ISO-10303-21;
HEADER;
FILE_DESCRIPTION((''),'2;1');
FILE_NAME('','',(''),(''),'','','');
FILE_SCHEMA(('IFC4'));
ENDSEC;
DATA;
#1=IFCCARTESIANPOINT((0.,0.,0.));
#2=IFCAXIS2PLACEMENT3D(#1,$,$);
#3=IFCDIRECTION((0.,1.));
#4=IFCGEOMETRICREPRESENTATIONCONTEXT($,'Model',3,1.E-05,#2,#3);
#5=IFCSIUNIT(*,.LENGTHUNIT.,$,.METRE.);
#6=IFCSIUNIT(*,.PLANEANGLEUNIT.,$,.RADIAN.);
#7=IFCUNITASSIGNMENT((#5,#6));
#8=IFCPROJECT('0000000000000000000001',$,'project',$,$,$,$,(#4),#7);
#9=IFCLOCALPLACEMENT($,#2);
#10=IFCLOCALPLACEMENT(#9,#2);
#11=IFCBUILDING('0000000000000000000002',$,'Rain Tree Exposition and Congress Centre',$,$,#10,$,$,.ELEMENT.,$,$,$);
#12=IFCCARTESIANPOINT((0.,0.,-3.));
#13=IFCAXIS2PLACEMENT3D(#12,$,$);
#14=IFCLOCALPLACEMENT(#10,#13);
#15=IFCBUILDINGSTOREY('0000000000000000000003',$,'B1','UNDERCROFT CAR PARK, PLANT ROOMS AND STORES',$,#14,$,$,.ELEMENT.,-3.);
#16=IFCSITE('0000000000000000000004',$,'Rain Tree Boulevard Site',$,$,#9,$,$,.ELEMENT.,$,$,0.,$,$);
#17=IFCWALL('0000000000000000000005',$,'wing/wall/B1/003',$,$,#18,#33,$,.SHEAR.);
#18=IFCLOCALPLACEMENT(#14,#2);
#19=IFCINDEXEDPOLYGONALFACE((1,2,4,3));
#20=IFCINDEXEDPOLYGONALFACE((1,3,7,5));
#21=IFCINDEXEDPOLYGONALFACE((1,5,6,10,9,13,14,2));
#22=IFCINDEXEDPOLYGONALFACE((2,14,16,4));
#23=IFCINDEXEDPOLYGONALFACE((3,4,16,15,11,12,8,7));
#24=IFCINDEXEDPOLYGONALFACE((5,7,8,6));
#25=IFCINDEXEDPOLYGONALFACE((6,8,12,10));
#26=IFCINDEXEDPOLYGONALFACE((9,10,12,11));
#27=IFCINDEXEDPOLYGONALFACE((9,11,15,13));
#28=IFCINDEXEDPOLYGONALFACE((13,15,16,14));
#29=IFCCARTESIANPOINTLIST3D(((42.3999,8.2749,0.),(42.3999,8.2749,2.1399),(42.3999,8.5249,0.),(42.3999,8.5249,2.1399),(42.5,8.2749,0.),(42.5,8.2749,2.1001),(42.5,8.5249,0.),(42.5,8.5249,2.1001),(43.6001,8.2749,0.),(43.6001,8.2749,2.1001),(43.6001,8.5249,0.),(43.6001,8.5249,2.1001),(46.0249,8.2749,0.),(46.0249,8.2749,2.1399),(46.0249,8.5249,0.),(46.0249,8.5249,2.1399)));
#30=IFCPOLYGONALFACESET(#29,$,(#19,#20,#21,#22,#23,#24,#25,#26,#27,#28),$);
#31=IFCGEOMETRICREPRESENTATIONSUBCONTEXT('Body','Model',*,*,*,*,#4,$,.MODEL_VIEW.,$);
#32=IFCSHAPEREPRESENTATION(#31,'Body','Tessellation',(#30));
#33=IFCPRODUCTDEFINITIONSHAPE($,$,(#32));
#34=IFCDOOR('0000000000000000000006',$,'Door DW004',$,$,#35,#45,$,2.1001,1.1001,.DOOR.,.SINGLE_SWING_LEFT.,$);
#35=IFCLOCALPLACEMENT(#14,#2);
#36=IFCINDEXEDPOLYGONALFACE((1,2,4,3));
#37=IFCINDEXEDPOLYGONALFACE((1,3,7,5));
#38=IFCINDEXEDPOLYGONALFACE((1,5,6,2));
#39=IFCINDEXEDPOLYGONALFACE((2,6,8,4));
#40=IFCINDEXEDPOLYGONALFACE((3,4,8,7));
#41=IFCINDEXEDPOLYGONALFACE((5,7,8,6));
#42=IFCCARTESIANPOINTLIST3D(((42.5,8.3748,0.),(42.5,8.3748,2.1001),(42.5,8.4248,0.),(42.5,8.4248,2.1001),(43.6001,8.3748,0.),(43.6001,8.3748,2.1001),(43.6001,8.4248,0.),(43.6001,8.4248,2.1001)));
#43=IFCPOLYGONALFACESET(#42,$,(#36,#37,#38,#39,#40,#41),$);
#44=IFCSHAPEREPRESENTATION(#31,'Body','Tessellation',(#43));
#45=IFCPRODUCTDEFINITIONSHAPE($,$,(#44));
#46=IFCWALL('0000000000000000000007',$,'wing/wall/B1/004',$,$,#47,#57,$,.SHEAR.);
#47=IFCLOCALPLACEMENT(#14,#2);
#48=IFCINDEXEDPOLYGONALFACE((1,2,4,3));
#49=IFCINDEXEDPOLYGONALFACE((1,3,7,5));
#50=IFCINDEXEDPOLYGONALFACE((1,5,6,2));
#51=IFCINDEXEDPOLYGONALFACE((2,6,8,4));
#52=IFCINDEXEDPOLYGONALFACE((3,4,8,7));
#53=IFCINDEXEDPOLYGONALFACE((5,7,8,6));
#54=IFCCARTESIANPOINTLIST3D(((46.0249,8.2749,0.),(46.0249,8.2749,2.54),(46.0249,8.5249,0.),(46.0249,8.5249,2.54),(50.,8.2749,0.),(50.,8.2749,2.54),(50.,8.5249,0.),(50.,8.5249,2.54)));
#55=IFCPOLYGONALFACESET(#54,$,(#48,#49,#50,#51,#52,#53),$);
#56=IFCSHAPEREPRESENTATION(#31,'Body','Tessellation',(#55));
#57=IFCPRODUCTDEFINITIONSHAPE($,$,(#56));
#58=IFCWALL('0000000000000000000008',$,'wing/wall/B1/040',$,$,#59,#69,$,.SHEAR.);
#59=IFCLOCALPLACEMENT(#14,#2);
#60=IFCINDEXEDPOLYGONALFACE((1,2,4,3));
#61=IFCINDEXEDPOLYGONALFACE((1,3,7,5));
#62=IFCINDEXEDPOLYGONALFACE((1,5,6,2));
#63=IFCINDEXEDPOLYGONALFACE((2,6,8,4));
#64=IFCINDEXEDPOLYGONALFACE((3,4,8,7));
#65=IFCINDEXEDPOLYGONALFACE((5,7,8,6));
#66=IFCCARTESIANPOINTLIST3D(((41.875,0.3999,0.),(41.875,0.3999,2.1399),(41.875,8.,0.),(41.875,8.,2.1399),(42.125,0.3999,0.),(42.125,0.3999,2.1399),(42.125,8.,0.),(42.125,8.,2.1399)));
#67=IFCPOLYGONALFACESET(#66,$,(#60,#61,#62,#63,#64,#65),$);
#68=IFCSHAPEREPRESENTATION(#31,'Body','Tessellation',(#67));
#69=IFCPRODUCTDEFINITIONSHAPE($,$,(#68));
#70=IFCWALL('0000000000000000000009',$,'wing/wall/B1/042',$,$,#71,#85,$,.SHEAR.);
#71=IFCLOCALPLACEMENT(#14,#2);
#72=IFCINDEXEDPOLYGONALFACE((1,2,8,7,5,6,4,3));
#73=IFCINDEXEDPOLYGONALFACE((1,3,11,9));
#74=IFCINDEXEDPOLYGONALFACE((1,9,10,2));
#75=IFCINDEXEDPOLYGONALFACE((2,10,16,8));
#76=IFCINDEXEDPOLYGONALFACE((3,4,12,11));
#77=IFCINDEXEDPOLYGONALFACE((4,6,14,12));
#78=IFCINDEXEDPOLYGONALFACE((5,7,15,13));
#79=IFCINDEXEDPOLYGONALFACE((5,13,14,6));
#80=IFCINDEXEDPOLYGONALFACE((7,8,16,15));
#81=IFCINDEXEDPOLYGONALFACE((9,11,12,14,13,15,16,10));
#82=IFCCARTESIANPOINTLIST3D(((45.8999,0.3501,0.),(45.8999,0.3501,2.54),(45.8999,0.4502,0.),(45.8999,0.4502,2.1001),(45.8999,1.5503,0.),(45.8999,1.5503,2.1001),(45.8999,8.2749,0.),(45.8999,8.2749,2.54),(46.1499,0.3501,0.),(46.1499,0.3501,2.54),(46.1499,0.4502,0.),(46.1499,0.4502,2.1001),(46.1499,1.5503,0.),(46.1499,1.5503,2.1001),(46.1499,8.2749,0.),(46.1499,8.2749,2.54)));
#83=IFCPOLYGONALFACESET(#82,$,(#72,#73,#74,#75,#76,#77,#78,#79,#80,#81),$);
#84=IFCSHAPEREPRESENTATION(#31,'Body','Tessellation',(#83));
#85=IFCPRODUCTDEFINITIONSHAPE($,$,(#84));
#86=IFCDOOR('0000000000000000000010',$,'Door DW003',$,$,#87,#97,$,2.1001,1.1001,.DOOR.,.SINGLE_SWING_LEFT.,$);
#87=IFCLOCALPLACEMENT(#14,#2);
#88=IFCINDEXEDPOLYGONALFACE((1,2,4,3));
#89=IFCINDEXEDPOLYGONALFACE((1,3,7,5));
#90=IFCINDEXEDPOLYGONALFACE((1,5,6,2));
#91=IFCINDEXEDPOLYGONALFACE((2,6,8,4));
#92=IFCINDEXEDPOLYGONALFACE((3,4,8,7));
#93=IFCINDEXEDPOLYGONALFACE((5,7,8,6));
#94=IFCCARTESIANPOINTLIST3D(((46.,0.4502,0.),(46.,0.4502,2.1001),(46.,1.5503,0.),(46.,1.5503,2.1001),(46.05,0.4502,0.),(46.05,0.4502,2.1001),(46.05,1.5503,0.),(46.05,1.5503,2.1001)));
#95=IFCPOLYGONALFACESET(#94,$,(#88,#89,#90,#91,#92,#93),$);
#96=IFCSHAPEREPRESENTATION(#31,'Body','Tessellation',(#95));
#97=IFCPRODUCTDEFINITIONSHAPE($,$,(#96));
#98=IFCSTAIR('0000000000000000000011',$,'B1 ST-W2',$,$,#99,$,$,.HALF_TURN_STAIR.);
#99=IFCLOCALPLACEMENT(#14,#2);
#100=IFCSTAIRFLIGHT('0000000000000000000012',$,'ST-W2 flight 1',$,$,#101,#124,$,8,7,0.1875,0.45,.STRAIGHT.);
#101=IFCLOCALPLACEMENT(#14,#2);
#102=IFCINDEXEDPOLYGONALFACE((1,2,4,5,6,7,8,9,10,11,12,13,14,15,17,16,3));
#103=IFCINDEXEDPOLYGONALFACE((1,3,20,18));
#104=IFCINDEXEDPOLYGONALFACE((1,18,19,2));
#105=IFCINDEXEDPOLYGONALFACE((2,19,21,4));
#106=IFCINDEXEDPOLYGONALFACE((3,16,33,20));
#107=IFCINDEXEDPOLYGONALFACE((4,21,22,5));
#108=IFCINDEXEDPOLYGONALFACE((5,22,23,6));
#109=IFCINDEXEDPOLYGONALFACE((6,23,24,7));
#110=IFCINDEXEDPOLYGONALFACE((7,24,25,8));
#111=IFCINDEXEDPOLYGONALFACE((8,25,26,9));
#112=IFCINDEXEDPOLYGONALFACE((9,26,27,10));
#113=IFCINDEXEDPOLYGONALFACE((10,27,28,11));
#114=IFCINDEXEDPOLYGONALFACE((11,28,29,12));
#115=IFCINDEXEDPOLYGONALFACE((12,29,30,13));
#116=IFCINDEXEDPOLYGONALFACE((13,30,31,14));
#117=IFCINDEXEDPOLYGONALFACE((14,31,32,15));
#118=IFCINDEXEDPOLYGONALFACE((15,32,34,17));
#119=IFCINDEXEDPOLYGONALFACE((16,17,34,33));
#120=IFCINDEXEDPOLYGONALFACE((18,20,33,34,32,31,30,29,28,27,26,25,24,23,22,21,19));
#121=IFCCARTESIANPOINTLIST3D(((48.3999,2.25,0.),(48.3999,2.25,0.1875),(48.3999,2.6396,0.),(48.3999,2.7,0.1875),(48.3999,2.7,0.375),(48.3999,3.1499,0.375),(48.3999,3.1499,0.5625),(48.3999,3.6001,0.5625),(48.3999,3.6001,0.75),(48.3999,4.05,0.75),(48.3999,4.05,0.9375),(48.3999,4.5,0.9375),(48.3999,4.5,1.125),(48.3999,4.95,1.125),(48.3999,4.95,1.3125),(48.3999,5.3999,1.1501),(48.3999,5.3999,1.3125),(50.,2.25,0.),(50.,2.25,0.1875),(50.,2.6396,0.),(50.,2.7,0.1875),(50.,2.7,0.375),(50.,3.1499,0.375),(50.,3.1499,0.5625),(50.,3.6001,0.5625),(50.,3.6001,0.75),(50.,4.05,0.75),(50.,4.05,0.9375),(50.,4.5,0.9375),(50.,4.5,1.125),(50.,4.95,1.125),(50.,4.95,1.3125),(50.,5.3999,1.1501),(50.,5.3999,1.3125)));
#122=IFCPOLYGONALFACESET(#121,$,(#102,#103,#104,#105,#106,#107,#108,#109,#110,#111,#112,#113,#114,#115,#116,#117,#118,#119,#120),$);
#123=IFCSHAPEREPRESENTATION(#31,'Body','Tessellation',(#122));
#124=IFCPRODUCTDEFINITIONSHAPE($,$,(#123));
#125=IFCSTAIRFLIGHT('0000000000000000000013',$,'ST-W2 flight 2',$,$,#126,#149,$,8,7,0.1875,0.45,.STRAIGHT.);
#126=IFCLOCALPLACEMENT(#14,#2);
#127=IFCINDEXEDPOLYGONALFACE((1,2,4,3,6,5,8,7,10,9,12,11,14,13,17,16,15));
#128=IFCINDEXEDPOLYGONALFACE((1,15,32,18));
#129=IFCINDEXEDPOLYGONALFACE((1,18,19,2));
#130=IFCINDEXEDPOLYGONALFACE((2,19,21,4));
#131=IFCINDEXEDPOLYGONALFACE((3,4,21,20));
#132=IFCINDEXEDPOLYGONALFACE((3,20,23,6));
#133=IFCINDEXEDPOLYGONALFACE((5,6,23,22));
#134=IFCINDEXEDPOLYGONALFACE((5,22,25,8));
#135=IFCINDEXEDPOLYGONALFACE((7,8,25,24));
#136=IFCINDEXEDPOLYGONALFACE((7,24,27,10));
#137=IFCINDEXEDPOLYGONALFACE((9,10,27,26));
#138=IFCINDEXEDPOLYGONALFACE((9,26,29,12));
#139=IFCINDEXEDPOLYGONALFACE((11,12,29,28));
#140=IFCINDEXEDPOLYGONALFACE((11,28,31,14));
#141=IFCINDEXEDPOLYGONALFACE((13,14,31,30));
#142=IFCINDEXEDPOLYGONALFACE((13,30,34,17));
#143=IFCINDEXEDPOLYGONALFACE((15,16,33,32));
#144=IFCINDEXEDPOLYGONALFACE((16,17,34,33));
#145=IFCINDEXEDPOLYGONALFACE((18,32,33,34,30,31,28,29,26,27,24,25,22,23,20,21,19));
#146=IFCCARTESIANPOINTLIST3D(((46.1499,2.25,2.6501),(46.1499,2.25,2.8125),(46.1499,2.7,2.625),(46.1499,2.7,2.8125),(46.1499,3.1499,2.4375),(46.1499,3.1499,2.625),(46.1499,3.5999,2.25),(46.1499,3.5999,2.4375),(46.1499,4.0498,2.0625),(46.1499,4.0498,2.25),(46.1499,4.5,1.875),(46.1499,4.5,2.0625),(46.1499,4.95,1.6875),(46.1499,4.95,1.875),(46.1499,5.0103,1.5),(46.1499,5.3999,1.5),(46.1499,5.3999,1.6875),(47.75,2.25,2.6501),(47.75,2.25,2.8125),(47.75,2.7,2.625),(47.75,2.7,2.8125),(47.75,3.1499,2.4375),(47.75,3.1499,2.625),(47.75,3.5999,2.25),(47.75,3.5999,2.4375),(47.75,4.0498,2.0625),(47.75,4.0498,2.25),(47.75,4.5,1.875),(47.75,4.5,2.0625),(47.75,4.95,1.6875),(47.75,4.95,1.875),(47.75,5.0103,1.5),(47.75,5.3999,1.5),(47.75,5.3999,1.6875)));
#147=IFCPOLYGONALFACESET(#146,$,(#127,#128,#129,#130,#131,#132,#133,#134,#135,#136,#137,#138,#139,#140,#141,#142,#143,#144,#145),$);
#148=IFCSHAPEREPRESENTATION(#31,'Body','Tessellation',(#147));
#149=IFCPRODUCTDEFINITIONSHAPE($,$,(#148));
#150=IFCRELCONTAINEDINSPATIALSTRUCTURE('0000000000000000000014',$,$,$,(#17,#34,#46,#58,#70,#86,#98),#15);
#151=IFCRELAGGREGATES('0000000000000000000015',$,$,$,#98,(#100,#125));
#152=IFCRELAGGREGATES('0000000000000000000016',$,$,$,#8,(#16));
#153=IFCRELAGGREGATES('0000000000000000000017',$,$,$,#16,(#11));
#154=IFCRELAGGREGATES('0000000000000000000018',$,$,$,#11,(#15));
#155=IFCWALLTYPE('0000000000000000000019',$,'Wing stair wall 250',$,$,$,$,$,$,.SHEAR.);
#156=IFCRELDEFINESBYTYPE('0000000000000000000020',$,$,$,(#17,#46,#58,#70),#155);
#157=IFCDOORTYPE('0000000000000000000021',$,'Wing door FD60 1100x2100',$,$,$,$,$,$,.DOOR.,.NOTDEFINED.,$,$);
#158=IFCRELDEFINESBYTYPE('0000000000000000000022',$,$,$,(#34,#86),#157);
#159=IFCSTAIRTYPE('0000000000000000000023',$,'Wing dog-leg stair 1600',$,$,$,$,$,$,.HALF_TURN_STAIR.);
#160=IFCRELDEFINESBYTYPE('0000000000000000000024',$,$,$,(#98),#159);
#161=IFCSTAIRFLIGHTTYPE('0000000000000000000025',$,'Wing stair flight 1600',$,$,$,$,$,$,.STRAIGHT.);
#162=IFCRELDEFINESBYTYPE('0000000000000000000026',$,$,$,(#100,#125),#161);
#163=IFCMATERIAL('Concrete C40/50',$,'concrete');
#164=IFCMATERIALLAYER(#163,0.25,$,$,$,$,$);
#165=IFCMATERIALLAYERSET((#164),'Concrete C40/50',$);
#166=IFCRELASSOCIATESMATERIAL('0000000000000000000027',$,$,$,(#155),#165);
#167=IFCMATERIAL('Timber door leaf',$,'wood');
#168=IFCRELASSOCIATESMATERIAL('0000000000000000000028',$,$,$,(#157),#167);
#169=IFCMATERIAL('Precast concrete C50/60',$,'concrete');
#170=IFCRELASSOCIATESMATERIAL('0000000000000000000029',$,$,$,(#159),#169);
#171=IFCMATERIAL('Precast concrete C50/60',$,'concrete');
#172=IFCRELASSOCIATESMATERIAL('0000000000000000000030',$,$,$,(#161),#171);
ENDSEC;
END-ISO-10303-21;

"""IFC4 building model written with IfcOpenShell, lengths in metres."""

from ifc_helpers import new_model, si_unit, direction, frame, frame_2d, origin, place, context, subcontext, project, spatial, polyline, rectangle, outline, extrude, material, layer, layer_set, type_object, element, fill, aggregate, save


model = new_model("IFC4")

# Units and contexts
model_context = context("Model", 3, precision=1e-05, world=origin(), true_north=direction((0.0, 1.0)))
body_context = subcontext(model_context, "Body", "Model", "MODEL_VIEW")
ifc_project = project(units=[si_unit("LENGTHUNIT", "METRE"), si_unit("PLANEANGLEUNIT", "RADIAN")], contexts=[model_context])

# Site, building, storey
site_placement = place(None, origin())
site = spatial("IfcSite", under=ifc_project, at=site_placement, Name="Rain Tree Boulevard Site", CompositionType="ELEMENT", RefElevation=0.0)
building_placement = place(site_placement, origin())
building = spatial("IfcBuilding", under=site, at=building_placement, Name="Rain Tree Exposition and Congress Centre", CompositionType="ELEMENT")
storey_placement = place(building_placement, frame((0.0, 0.0, -3.0)))
storey = spatial("IfcBuildingStorey", under=building, at=storey_placement, Name="B1", Description="UNDERCROFT CAR PARK, PLANT ROOMS AND STORES", CompositionType="ELEMENT", Elevation=-3.0)

# Wall, opening, door
ifc_material_1 = material(Name="Concrete C40/50", Category="concrete")
ifc_layer_1 = layer(ifc_material_1, 0.25)
ifc_layer_set_1 = layer_set([ifc_layer_1], Name="Concrete C40/50")
wall_type_1 = type_object("IfcWallType", Name="Wing stair wall 250", PredefinedType="SHEAR", material=ifc_layer_set_1)
wall_1_placement = place(storey_placement, frame((42.3999, 8.3999, 0.0), z_axis=(0.0, 0.0, 1.0), x_axis=(1.0, 0.0, 0.0)))
wall_1 = element("IfcWall", 1, at=wall_1_placement, inside=storey, type_object=wall_type_1, Name="wing/wall/B1/003", PredefinedType="SHEAR", context=body_context, shape_type="SweptSolid", body=[
    extrude(rectangle(XDim=3.625, YDim=0.25, at=frame_2d((1.8125, 0.0))), origin(), (0.0, 0.0, 1.0), 2.1399),
])
opening_1_placement = place(wall_1_placement, frame((0.1001, 0.0, 0.0)))
opening_1 = element("IfcOpeningElement", 2, at=opening_1_placement, cuts=wall_1, PredefinedType="OPENING", context=body_context, shape_type="SweptSolid", body=[
    extrude(rectangle(XDim=1.1001, YDim=2.1001, at=frame_2d((0.55, 1.05))), frame((0.0, 0.125, 0.0), z_axis=(0.0, -1.0, 0.0), x_axis=(1.0, 0.0, 0.0)), (0.0, 0.0, 1.0), 0.25),
])
ifc_material_2 = material(Name="Timber door leaf", Category="wood")
door_type_1 = type_object("IfcDoorType", Name="Wing door FD60 1100x2100", OperationType="NOTDEFINED", PredefinedType="DOOR", material=ifc_material_2)
door_1_placement = place(opening_1_placement, origin())
door_1 = element("IfcDoor", 3, at=door_1_placement, inside=storey, type_object=door_type_1, Name="Door DW004", OperationType="SINGLE_SWING_LEFT", OverallHeight=2.1001, OverallWidth=1.1001, PredefinedType="DOOR", context=body_context, shape_type="SweptSolid", body=[
    extrude(rectangle(XDim=1.1001, YDim=2.1001, at=frame_2d((0.55, 1.05))), frame((0.0, 0.0249, 0.0), z_axis=(0.0, -1.0, 0.0), x_axis=(1.0, 0.0, 0.0)), (0.0, 0.0, 1.0), 0.05),
])
fill(opening_1, door_1)

# Walls
wall_2_placement = place(storey_placement, frame((46.0249, 8.3999, 0.0), z_axis=(0.0, 0.0, 1.0), x_axis=(1.0, 0.0, 0.0)))
element("IfcWall", 4, at=wall_2_placement, inside=storey, type_object=wall_type_1, Name="wing/wall/B1/004", PredefinedType="SHEAR", context=body_context, shape_type="SweptSolid", body=[
    extrude(rectangle(XDim=3.9751, YDim=0.25, at=frame_2d((1.9875, 0.0))), origin(), (0.0, 0.0, 1.0), 2.54),
])
wall_3_placement = place(storey_placement, frame((42.0, 0.3999, 0.0), z_axis=(0.0, 0.0, 1.0), x_axis=(0.0, 1.0, 0.0)))
element("IfcWall", 5, at=wall_3_placement, inside=storey, type_object=wall_type_1, Name="wing/wall/B1/040", PredefinedType="SHEAR", context=body_context, shape_type="SweptSolid", body=[
    extrude(rectangle(XDim=7.6001, YDim=0.25, at=frame_2d((3.8, 0.0))), origin(), (0.0, 0.0, 1.0), 2.1399),
])

# Wall, opening, door
wall_4_placement = place(storey_placement, frame((46.0249, 0.3501, 0.0), z_axis=(0.0, 0.0, 1.0), x_axis=(0.0, 1.0, 0.0)))
wall_4 = element("IfcWall", 6, at=wall_4_placement, inside=storey, type_object=wall_type_1, Name="wing/wall/B1/042", PredefinedType="SHEAR", context=body_context, shape_type="SweptSolid", body=[
    extrude(rectangle(XDim=7.9248, YDim=0.25, at=frame_2d((3.9624, 0.0))), origin(), (0.0, 0.0, 1.0), 2.54),
])
opening_2_placement = place(wall_4_placement, frame((0.1001, 0.0, 0.0)))
opening_2 = element("IfcOpeningElement", 7, at=opening_2_placement, cuts=wall_4, PredefinedType="OPENING", context=body_context, shape_type="SweptSolid", body=[
    extrude(rectangle(XDim=1.1001, YDim=2.1001, at=frame_2d((0.55, 1.05))), frame((0.0, 0.125, 0.0), z_axis=(0.0, -1.0, 0.0), x_axis=(1.0, 0.0, 0.0)), (0.0, 0.0, 1.0), 0.25),
])
door_2_placement = place(opening_2_placement, origin())
door_2 = element("IfcDoor", 8, at=door_2_placement, inside=storey, type_object=door_type_1, Name="Door DW003", OperationType="SINGLE_SWING_LEFT", OverallHeight=2.1001, OverallWidth=1.1001, PredefinedType="DOOR", context=body_context, shape_type="SweptSolid", body=[
    extrude(rectangle(XDim=1.1001, YDim=2.1001, at=frame_2d((0.55, 1.05))), frame((0.0, 0.0249, 0.0), z_axis=(0.0, -1.0, 0.0), x_axis=(1.0, 0.0, 0.0)), (0.0, 0.0, 1.0), 0.05),
])
fill(opening_2, door_2)

# Stair, stair flights
ifc_material_3 = material(Name="Precast concrete C50/60", Category="concrete")
stair_type = type_object("IfcStairType", Name="Wing dog-leg stair 1600", PredefinedType="HALF_TURN_STAIR", material=ifc_material_3)
stair_placement = place(storey_placement, origin())
stair = element("IfcStair", 9, at=stair_placement, inside=storey, type_object=stair_type, Name="B1 ST-W2", PredefinedType="HALF_TURN_STAIR")
ifc_material_4 = material(Name="Precast concrete C50/60", Category="concrete")
stair_flight_type = type_object("IfcStairFlightType", Name="Wing stair flight 1600", PredefinedType="STRAIGHT", material=ifc_material_4)
stair_flight_1_placement = place(storey_placement, frame((49.2, 2.25, 0.0), z_axis=(0.0, 0.0, 1.0), x_axis=(0.0, 1.0, 0.0)))
stair_flight_1 = element("IfcStairFlight", 10, at=stair_flight_1_placement, type_object=stair_flight_type, Name="ST-W2 flight 1", NumberOfRisers=8, NumberOfTreads=7, PredefinedType="STRAIGHT", RiserHeight=0.1875, TreadLength=0.45, context=body_context, shape_type="SweptSolid", body=[
    extrude(outline(polyline([(0.0, 0.0), (0.0, 0.1875), (0.45, 0.1875), (0.45, 0.375), (0.8999, 0.375), (0.8999, 0.5625), (1.3501, 0.5625), (1.3501, 0.75), (1.8, 0.75), (1.8, 0.9375), (2.25, 0.9375), (2.25, 1.125), (2.7, 1.125), (2.7, 1.3125), (3.1499, 1.3125), (3.1499, 1.5), (3.1499, 1.1501), (0.3896, 0.0), (0.0, 0.0)])), frame((0.0, 0.8, 0.0), z_axis=(0.0, -1.0, 0.0), x_axis=(1.0, 0.0, 0.0)), (0.0, 0.0, 1.0), 1.6001),
])
stair_flight_2_placement = place(storey_placement, frame((46.95, 5.3999, 1.5), z_axis=(0.0, 0.0, 1.0), x_axis=(0.0, -1.0, 0.0)))
stair_flight_2 = element("IfcStairFlight", 11, at=stair_flight_2_placement, type_object=stair_flight_type, Name="ST-W2 flight 2", NumberOfRisers=8, NumberOfTreads=7, PredefinedType="STRAIGHT", RiserHeight=0.1875, TreadLength=0.45, context=body_context, shape_type="SweptSolid", body=[
    extrude(outline(polyline([(0.0, 0.0), (0.0, 0.1875), (0.45, 0.1875), (0.45, 0.375), (0.8999, 0.375), (0.8999, 0.5625), (1.3501, 0.5625), (1.3501, 0.75), (1.8, 0.75), (1.8, 0.9375), (2.25, 0.9375), (2.25, 1.125), (2.7, 1.125), (2.7, 1.3125), (3.1499, 1.3125), (3.1499, 1.5), (3.1499, 1.1501), (0.3896, 0.0), (0.0, 0.0)])), frame((0.0, 0.8, 0.0), z_axis=(0.0, -1.0, 0.0), x_axis=(1.0, 0.0, 0.0)), (0.0, 0.0, 1.0), 1.6001),
])
aggregate(stair, [stair_flight_1, stair_flight_2])

save(model, "model.ifc")
